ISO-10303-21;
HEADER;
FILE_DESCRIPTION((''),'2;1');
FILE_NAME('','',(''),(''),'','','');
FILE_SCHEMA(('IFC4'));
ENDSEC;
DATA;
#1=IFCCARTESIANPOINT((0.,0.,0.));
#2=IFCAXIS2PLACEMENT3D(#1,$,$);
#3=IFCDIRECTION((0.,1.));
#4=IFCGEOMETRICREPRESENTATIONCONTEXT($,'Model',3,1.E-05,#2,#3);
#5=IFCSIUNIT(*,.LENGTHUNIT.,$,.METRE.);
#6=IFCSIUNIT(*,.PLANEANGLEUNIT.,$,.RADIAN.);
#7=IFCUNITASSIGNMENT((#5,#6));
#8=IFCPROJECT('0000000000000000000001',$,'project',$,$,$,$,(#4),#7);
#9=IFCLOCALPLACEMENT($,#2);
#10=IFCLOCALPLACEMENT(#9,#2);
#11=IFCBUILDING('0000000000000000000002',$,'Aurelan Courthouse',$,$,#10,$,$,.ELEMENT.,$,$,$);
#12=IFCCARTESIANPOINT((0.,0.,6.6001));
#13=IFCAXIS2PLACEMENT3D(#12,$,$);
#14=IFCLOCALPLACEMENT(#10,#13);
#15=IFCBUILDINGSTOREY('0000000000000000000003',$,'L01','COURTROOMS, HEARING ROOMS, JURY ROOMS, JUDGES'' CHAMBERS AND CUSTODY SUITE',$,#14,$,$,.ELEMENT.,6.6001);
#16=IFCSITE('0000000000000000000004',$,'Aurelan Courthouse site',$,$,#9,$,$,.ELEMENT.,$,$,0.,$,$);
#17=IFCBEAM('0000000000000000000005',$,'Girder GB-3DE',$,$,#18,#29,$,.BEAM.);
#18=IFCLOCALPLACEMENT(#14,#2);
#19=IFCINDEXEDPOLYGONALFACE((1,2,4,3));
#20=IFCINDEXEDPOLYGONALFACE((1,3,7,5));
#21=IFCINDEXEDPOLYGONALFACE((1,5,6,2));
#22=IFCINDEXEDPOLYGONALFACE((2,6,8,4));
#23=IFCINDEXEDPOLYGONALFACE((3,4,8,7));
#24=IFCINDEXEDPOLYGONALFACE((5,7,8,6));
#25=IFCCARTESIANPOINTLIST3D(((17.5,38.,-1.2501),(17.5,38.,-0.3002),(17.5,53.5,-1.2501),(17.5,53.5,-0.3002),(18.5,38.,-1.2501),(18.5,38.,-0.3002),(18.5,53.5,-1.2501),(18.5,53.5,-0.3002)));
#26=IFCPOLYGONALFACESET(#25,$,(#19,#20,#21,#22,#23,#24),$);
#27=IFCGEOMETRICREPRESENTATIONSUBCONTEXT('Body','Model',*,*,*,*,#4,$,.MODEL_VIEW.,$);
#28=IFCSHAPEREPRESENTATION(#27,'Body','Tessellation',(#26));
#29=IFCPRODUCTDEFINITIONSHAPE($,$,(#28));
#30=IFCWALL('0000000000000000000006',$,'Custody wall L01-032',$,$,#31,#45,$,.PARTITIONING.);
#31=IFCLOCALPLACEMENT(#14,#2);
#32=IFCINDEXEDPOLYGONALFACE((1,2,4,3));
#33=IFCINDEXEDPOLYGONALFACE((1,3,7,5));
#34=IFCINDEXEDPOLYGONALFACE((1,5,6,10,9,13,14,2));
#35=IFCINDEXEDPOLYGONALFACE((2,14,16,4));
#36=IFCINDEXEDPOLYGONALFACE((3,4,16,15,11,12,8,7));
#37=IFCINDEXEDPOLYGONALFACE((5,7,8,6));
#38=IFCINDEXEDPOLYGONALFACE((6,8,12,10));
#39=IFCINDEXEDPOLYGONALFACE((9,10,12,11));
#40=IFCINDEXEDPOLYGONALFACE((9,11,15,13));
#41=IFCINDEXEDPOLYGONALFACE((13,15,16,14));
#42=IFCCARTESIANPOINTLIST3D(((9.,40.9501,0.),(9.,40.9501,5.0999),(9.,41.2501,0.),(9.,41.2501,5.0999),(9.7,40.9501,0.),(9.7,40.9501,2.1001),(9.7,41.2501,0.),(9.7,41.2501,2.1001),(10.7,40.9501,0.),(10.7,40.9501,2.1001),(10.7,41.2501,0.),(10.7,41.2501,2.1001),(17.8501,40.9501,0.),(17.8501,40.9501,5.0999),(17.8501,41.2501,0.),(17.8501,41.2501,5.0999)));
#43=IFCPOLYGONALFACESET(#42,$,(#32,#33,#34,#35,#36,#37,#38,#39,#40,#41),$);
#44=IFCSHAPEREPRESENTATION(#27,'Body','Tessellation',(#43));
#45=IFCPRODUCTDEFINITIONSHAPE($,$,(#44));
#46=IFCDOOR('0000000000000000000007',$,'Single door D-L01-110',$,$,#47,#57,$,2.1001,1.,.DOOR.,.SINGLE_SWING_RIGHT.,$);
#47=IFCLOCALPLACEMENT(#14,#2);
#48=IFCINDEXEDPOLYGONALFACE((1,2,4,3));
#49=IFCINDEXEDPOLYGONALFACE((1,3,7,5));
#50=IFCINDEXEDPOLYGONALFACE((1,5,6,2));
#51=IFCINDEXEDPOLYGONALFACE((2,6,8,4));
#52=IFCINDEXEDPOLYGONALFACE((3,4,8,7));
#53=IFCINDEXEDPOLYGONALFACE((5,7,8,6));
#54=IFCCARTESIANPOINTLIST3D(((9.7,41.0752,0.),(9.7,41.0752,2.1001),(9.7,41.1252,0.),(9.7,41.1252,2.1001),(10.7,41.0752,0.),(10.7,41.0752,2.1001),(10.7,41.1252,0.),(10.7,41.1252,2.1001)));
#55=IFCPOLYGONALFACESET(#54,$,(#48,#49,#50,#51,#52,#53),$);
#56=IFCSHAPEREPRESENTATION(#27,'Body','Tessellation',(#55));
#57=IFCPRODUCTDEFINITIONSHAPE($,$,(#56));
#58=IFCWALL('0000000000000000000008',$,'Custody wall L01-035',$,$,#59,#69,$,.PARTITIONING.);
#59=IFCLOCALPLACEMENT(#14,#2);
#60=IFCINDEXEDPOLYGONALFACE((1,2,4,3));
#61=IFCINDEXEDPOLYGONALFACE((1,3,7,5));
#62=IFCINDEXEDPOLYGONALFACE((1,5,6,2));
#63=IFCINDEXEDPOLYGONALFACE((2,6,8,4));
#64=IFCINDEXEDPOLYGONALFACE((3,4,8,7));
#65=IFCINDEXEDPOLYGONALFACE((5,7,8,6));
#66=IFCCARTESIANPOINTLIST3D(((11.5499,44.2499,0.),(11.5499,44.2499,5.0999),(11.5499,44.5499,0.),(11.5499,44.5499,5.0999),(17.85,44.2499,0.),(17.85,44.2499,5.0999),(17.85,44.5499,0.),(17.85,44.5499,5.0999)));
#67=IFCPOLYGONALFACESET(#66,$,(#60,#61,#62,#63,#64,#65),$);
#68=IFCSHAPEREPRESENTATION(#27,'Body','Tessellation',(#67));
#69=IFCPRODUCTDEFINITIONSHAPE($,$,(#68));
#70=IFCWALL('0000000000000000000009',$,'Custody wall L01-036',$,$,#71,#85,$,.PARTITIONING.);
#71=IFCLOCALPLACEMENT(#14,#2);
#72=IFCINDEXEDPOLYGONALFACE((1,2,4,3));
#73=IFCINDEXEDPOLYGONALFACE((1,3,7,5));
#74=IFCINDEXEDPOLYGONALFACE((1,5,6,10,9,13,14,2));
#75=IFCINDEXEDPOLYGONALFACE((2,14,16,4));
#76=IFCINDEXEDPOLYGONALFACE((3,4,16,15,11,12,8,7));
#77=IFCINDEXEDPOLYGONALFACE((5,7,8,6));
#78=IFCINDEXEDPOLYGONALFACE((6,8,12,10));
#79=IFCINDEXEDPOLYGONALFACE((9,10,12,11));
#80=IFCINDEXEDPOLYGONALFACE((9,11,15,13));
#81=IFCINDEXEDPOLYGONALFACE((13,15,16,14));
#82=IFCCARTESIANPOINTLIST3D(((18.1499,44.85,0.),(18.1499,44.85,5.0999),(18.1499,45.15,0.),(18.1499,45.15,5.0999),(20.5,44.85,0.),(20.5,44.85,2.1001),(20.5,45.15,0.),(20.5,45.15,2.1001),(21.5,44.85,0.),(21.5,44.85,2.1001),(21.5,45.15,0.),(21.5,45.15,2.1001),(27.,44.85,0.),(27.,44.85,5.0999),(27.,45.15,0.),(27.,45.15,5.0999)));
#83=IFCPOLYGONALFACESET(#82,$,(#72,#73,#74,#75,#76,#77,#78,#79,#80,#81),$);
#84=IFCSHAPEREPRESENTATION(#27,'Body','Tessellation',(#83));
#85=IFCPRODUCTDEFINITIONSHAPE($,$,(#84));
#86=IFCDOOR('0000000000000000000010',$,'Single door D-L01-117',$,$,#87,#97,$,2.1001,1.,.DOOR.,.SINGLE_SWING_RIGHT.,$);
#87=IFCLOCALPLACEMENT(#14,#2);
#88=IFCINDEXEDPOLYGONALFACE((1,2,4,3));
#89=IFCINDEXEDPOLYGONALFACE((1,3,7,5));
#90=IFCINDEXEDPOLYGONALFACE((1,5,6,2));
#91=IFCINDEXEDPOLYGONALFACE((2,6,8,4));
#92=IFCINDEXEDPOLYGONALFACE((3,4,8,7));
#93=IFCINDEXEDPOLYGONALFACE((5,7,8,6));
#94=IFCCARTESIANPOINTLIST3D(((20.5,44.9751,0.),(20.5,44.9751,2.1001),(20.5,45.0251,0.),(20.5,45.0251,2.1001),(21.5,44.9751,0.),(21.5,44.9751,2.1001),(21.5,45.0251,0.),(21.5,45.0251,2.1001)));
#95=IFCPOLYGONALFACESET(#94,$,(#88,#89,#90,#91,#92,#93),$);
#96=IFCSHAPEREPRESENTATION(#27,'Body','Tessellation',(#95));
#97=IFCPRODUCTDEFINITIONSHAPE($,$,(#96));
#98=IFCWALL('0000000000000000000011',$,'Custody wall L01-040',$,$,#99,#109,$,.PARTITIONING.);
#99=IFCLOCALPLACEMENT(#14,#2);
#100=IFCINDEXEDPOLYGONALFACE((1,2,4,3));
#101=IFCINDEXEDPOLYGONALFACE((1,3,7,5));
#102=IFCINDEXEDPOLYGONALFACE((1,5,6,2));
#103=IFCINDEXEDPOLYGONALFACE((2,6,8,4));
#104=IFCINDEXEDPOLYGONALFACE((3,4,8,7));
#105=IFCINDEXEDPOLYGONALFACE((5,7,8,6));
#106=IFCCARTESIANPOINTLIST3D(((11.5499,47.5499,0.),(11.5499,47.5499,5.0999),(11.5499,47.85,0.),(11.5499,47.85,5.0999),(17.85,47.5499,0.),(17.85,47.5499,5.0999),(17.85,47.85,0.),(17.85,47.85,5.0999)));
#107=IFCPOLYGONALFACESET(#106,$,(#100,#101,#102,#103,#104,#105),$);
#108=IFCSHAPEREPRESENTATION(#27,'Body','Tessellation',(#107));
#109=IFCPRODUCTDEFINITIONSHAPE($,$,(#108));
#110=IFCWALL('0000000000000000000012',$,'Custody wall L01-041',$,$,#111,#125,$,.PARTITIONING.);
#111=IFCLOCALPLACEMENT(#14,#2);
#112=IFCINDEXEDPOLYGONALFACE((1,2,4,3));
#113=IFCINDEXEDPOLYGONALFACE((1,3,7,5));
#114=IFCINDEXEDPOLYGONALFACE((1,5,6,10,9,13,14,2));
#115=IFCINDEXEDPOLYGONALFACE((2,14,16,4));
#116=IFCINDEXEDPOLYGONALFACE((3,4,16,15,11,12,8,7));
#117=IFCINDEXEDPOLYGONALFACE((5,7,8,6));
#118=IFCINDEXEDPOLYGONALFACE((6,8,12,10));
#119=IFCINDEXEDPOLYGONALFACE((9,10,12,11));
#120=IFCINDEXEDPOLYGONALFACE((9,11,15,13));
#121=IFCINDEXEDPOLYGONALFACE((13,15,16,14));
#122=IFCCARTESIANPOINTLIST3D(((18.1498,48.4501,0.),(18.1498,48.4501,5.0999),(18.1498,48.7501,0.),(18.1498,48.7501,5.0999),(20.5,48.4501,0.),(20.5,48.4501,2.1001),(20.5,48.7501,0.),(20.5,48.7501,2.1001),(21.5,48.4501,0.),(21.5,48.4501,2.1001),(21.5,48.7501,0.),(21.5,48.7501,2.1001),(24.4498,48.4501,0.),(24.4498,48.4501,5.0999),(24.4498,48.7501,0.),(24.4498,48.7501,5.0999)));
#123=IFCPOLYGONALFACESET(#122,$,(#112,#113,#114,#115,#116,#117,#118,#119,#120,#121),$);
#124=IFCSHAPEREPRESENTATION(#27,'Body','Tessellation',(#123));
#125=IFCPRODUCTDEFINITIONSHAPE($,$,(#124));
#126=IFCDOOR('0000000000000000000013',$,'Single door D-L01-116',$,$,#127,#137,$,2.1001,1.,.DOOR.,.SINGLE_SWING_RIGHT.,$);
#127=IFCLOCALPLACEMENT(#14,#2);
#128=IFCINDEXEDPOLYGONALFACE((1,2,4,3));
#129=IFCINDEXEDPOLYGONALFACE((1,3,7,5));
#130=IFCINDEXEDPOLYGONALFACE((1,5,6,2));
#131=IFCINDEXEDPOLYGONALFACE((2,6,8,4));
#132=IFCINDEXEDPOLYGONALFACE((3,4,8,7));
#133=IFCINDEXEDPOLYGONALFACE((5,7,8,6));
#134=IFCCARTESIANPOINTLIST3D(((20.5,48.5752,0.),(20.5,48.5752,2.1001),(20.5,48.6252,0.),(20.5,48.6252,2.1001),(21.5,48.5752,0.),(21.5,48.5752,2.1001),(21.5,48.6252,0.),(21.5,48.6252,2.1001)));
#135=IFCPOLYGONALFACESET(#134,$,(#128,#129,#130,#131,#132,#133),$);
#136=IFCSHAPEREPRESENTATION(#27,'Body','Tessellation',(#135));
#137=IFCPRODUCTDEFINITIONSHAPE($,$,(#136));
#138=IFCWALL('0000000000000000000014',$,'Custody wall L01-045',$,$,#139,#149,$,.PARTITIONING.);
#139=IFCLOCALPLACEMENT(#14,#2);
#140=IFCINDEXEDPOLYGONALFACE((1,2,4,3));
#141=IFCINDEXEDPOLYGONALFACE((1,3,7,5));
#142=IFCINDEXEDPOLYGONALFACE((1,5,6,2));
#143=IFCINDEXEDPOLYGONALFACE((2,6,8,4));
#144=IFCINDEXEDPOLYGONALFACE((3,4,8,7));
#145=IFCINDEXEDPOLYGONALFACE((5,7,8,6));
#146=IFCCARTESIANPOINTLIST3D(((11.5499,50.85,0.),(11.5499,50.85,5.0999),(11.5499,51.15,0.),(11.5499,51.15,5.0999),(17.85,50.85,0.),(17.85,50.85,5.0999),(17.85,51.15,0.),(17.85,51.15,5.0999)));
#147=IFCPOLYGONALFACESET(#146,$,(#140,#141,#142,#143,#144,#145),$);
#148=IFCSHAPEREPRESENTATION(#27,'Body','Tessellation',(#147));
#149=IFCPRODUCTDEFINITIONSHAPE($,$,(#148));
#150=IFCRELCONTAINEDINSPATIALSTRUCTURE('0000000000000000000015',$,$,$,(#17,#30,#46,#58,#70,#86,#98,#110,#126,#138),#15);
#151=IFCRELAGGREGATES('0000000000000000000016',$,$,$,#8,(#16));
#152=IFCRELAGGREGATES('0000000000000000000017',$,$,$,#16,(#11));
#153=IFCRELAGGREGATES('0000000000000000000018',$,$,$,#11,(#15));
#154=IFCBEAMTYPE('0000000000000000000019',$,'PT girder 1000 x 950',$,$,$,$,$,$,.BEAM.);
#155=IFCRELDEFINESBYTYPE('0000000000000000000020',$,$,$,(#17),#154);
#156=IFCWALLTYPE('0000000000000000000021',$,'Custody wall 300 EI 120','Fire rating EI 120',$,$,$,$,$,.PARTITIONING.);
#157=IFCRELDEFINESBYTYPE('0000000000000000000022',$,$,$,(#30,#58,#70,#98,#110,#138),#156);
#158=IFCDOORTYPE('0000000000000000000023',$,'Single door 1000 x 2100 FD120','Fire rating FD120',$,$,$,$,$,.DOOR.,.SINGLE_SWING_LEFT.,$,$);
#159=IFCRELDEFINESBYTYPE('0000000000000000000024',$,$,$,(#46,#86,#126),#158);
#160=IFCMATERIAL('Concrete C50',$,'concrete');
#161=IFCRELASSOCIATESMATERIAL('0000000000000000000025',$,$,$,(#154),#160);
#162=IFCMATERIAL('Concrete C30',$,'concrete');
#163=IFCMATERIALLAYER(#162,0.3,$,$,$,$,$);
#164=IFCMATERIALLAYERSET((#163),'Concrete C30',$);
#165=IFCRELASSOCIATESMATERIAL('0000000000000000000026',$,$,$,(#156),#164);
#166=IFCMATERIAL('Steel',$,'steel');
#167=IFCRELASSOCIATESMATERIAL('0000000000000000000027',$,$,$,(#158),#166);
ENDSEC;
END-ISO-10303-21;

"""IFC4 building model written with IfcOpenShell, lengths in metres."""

from ifc_helpers import new_model, si_unit, direction, frame, frame_2d, origin, origin_2d, place, context, subcontext, project, spatial, rectangle, extrude, material, layer, layer_set, material_profile, profile_set, type_object, element, fill, save


model = new_model("IFC4")

# Units and contexts
model_context = context("Model", 3, precision=1e-05, world=origin(), true_north=direction((0.0, 1.0)))
body_context = subcontext(model_context, "Body", "Model", "MODEL_VIEW")
ifc_project = project(units=[si_unit("LENGTHUNIT", "METRE"), si_unit("PLANEANGLEUNIT", "RADIAN")], contexts=[model_context])

# Site, building, storey
site_placement = place(None, origin())
site = spatial("IfcSite", under=ifc_project, at=site_placement, Name="Aurelan Courthouse site", CompositionType="ELEMENT", RefElevation=0.0)
building_placement = place(site_placement, origin())
building = spatial("IfcBuilding", under=site, at=building_placement, Name="Aurelan Courthouse", CompositionType="ELEMENT")
storey_placement = place(building_placement, frame((0.0, 0.0, 6.6001)))
storey = spatial("IfcBuildingStorey", under=building, at=storey_placement, Name="L01", Description="COURTROOMS, HEARING ROOMS, JURY ROOMS, JUDGES' CHAMBERS AND CUSTODY SUITE", CompositionType="ELEMENT", Elevation=6.6001)

# Beam
ifc_material_1 = material(Name="Concrete C50", Category="concrete")
ifc_material_profile = material_profile(ifc_material_1, rectangle(XDim=1.0, YDim=0.95, at=origin_2d()), Name="RC 1000 x 950")
ifc_profile_set = profile_set([ifc_material_profile], Name="Concrete C50")
beam_type = type_object("IfcBeamType", Name="PT girder 1000 x 950", PredefinedType="BEAM", material=ifc_profile_set)
beam_placement = place(storey_placement, frame((18.0, 38.0, -0.7751), z_axis=(0.0, 1.0, 0.0), x_axis=(-1.0, 0.0, 0.0)))
element("IfcBeam", 1, at=beam_placement, inside=storey, type_object=beam_type, Name="Girder GB-3DE", PredefinedType="BEAM", context=body_context, shape_type="SweptSolid", body=[
    extrude(rectangle(XDim=1.0, YDim=0.95, at=origin_2d()), origin(), (0.0, 0.0, 1.0), 15.5),
])

# Wall, opening, door
ifc_material_2 = material(Name="Concrete C30", Category="concrete")
ifc_layer = layer(ifc_material_2, 0.3)
ifc_layer_set = layer_set([ifc_layer], Name="Concrete C30")
wall_type = type_object("IfcWallType", Name="Custody wall 300 EI 120", Description="Fire rating EI 120", PredefinedType="PARTITIONING", material=ifc_layer_set)
wall_1_placement = place(storey_placement, frame((9.0, 41.1001, 0.0), z_axis=(0.0, 0.0, 1.0), x_axis=(1.0, 0.0, 0.0)))
wall_1 = element("IfcWall", 2, at=wall_1_placement, inside=storey, type_object=wall_type, Name="Custody wall L01-032", PredefinedType="PARTITIONING", context=body_context, shape_type="SweptSolid", body=[
    extrude(rectangle(XDim=8.8501, YDim=0.3, at=frame_2d((4.425, 0.0))), origin(), (0.0, 0.0, 1.0), 5.0999),
])
opening_1_placement = place(wall_1_placement, frame((1.7, 0.0, 0.0), z_axis=(0.0, 0.0, 1.0), x_axis=(-1.0, 0.0, 0.0)))
opening_1 = element("IfcOpeningElement", 3, at=opening_1_placement, cuts=wall_1, PredefinedType="OPENING", context=body_context, shape_type="SweptSolid", body=[
    extrude(rectangle(XDim=1.0, YDim=2.1001, at=frame_2d((0.5, 1.05))), frame((0.0, 0.1599, 0.0), z_axis=(0.0, -1.0, 0.0), x_axis=(1.0, 0.0, 0.0)), (0.0, 0.0, 1.0), 0.3201),
])
ifc_material_3 = material(Name="Steel", Category="steel")
door_type_1 = type_object("IfcDoorType", Name="Single door 1000 x 2100 FD120", Description="Fire rating FD120", OperationType="SINGLE_SWING_LEFT", PredefinedType="DOOR", material=ifc_material_3)
door_1_placement = place(opening_1_placement, origin())
door_1 = element("IfcDoor", 4, at=door_1_placement, inside=storey, type_object=door_type_1, Name="Single door D-L01-110", OperationType="SINGLE_SWING_RIGHT", OverallHeight=2.1001, OverallWidth=1.0, PredefinedType="DOOR", context=body_context, shape_type="SweptSolid", body=[
    extrude(rectangle(XDim=1.0, YDim=2.1001, at=frame_2d((0.5, 1.05))), frame((0.0, 0.0249, 0.0), z_axis=(0.0, -1.0, 0.0), x_axis=(1.0, 0.0, 0.0)), (0.0, 0.0, 1.0), 0.05),
])
fill(opening_1, door_1)

# Wall
wall_2_placement = place(storey_placement, frame((11.55, 44.3999, 0.0), z_axis=(0.0, 0.0, 1.0), x_axis=(1.0, 0.0, 0.0)))
element("IfcWall", 5, at=wall_2_placement, inside=storey, type_object=wall_type, Name="Custody wall L01-035", PredefinedType="PARTITIONING", context=body_context, shape_type="SweptSolid", body=[
    extrude(rectangle(XDim=6.3, YDim=0.3, at=frame_2d((3.1499, 0.0))), origin(), (0.0, 0.0, 1.0), 5.0999),
])

# Wall, opening, door
wall_3_placement = place(storey_placement, frame((18.1499, 45.0, 0.0), z_axis=(0.0, 0.0, 1.0), x_axis=(1.0, 0.0, 0.0)))
wall_3 = element("IfcWall", 6, at=wall_3_placement, inside=storey, type_object=wall_type, Name="Custody wall L01-036", PredefinedType="PARTITIONING", context=body_context, shape_type="SweptSolid", body=[
    extrude(rectangle(XDim=8.8501, YDim=0.3, at=frame_2d((4.425, 0.0))), origin(), (0.0, 0.0, 1.0), 5.0999),
])
opening_2_placement = place(wall_3_placement, frame((3.3501, 0.0, 0.0), z_axis=(0.0, 0.0, 1.0), x_axis=(-1.0, 0.0, 0.0)))
opening_2 = element("IfcOpeningElement", 7, at=opening_2_placement, cuts=wall_3, PredefinedType="OPENING", context=body_context, shape_type="SweptSolid", body=[
    extrude(rectangle(XDim=1.0, YDim=2.1001, at=frame_2d((0.5, 1.05))), frame((0.0, 0.1599, 0.0), z_axis=(0.0, -1.0, 0.0), x_axis=(1.0, 0.0, 0.0)), (0.0, 0.0, 1.0), 0.3201),
])
door_2_placement = place(opening_2_placement, origin())
door_2 = element("IfcDoor", 8, at=door_2_placement, inside=storey, type_object=door_type_1, Name="Single door D-L01-117", OperationType="SINGLE_SWING_RIGHT", OverallHeight=2.1001, OverallWidth=1.0, PredefinedType="DOOR", context=body_context, shape_type="SweptSolid", body=[
    extrude(rectangle(XDim=1.0, YDim=2.1001, at=frame_2d((0.5, 1.05))), frame((0.0, 0.0249, 0.0), z_axis=(0.0, -1.0, 0.0), x_axis=(1.0, 0.0, 0.0)), (0.0, 0.0, 1.0), 0.05),
])
fill(opening_2, door_2)

# Wall
wall_4_placement = place(storey_placement, frame((11.55, 47.7, 0.0), z_axis=(0.0, 0.0, 1.0), x_axis=(1.0, 0.0, 0.0)))
element("IfcWall", 9, at=wall_4_placement, inside=storey, type_object=wall_type, Name="Custody wall L01-040", PredefinedType="PARTITIONING", context=body_context, shape_type="SweptSolid", body=[
    extrude(rectangle(XDim=6.3, YDim=0.3, at=frame_2d((3.1499, 0.0))), origin(), (0.0, 0.0, 1.0), 5.0999),
])

# Wall, opening, door
wall_5_placement = place(storey_placement, frame((18.1499, 48.6001, 0.0), z_axis=(0.0, 0.0, 1.0), x_axis=(1.0, 0.0, 0.0)))
wall_5 = element("IfcWall", 10, at=wall_5_placement, inside=storey, type_object=wall_type, Name="Custody wall L01-041", PredefinedType="PARTITIONING", context=body_context, shape_type="SweptSolid", body=[
    extrude(rectangle(XDim=6.3, YDim=0.3, at=frame_2d((3.1499, 0.0))), origin(), (0.0, 0.0, 1.0), 5.0999),
])
opening_3_placement = place(wall_5_placement, frame((3.3501, 0.0, 0.0), z_axis=(0.0, 0.0, 1.0), x_axis=(-1.0, 0.0, 0.0)))
opening_3 = element("IfcOpeningElement", 11, at=opening_3_placement, cuts=wall_5, PredefinedType="OPENING", context=body_context, shape_type="SweptSolid", body=[
    extrude(rectangle(XDim=1.0, YDim=2.1001, at=frame_2d((0.5, 1.05))), frame((0.0, 0.1599, 0.0), z_axis=(0.0, -1.0, 0.0), x_axis=(1.0, 0.0, 0.0)), (0.0, 0.0, 1.0), 0.3201),
])
door_3_placement = place(opening_3_placement, origin())
door_3 = element("IfcDoor", 12, at=door_3_placement, inside=storey, type_object=door_type_1, Name="Single door D-L01-116", OperationType="SINGLE_SWING_RIGHT", OverallHeight=2.1001, OverallWidth=1.0, PredefinedType="DOOR", context=body_context, shape_type="SweptSolid", body=[
    extrude(rectangle(XDim=1.0, YDim=2.1001, at=frame_2d((0.5, 1.05))), frame((0.0, 0.0249, 0.0), z_axis=(0.0, -1.0, 0.0), x_axis=(1.0, 0.0, 0.0)), (0.0, 0.0, 1.0), 0.05),
])
fill(opening_3, door_3)

# Wall
wall_6_placement = place(storey_placement, frame((11.55, 51.0, 0.0), z_axis=(0.0, 0.0, 1.0), x_axis=(1.0, 0.0, 0.0)))
element("IfcWall", 13, at=wall_6_placement, inside=storey, type_object=wall_type, Name="Custody wall L01-045", PredefinedType="PARTITIONING", context=body_context, shape_type="SweptSolid", body=[
    extrude(rectangle(XDim=6.3, YDim=0.3, at=frame_2d((3.1499, 0.0))), origin(), (0.0, 0.0, 1.0), 5.0999),
])

save(model, "model.ifc")
